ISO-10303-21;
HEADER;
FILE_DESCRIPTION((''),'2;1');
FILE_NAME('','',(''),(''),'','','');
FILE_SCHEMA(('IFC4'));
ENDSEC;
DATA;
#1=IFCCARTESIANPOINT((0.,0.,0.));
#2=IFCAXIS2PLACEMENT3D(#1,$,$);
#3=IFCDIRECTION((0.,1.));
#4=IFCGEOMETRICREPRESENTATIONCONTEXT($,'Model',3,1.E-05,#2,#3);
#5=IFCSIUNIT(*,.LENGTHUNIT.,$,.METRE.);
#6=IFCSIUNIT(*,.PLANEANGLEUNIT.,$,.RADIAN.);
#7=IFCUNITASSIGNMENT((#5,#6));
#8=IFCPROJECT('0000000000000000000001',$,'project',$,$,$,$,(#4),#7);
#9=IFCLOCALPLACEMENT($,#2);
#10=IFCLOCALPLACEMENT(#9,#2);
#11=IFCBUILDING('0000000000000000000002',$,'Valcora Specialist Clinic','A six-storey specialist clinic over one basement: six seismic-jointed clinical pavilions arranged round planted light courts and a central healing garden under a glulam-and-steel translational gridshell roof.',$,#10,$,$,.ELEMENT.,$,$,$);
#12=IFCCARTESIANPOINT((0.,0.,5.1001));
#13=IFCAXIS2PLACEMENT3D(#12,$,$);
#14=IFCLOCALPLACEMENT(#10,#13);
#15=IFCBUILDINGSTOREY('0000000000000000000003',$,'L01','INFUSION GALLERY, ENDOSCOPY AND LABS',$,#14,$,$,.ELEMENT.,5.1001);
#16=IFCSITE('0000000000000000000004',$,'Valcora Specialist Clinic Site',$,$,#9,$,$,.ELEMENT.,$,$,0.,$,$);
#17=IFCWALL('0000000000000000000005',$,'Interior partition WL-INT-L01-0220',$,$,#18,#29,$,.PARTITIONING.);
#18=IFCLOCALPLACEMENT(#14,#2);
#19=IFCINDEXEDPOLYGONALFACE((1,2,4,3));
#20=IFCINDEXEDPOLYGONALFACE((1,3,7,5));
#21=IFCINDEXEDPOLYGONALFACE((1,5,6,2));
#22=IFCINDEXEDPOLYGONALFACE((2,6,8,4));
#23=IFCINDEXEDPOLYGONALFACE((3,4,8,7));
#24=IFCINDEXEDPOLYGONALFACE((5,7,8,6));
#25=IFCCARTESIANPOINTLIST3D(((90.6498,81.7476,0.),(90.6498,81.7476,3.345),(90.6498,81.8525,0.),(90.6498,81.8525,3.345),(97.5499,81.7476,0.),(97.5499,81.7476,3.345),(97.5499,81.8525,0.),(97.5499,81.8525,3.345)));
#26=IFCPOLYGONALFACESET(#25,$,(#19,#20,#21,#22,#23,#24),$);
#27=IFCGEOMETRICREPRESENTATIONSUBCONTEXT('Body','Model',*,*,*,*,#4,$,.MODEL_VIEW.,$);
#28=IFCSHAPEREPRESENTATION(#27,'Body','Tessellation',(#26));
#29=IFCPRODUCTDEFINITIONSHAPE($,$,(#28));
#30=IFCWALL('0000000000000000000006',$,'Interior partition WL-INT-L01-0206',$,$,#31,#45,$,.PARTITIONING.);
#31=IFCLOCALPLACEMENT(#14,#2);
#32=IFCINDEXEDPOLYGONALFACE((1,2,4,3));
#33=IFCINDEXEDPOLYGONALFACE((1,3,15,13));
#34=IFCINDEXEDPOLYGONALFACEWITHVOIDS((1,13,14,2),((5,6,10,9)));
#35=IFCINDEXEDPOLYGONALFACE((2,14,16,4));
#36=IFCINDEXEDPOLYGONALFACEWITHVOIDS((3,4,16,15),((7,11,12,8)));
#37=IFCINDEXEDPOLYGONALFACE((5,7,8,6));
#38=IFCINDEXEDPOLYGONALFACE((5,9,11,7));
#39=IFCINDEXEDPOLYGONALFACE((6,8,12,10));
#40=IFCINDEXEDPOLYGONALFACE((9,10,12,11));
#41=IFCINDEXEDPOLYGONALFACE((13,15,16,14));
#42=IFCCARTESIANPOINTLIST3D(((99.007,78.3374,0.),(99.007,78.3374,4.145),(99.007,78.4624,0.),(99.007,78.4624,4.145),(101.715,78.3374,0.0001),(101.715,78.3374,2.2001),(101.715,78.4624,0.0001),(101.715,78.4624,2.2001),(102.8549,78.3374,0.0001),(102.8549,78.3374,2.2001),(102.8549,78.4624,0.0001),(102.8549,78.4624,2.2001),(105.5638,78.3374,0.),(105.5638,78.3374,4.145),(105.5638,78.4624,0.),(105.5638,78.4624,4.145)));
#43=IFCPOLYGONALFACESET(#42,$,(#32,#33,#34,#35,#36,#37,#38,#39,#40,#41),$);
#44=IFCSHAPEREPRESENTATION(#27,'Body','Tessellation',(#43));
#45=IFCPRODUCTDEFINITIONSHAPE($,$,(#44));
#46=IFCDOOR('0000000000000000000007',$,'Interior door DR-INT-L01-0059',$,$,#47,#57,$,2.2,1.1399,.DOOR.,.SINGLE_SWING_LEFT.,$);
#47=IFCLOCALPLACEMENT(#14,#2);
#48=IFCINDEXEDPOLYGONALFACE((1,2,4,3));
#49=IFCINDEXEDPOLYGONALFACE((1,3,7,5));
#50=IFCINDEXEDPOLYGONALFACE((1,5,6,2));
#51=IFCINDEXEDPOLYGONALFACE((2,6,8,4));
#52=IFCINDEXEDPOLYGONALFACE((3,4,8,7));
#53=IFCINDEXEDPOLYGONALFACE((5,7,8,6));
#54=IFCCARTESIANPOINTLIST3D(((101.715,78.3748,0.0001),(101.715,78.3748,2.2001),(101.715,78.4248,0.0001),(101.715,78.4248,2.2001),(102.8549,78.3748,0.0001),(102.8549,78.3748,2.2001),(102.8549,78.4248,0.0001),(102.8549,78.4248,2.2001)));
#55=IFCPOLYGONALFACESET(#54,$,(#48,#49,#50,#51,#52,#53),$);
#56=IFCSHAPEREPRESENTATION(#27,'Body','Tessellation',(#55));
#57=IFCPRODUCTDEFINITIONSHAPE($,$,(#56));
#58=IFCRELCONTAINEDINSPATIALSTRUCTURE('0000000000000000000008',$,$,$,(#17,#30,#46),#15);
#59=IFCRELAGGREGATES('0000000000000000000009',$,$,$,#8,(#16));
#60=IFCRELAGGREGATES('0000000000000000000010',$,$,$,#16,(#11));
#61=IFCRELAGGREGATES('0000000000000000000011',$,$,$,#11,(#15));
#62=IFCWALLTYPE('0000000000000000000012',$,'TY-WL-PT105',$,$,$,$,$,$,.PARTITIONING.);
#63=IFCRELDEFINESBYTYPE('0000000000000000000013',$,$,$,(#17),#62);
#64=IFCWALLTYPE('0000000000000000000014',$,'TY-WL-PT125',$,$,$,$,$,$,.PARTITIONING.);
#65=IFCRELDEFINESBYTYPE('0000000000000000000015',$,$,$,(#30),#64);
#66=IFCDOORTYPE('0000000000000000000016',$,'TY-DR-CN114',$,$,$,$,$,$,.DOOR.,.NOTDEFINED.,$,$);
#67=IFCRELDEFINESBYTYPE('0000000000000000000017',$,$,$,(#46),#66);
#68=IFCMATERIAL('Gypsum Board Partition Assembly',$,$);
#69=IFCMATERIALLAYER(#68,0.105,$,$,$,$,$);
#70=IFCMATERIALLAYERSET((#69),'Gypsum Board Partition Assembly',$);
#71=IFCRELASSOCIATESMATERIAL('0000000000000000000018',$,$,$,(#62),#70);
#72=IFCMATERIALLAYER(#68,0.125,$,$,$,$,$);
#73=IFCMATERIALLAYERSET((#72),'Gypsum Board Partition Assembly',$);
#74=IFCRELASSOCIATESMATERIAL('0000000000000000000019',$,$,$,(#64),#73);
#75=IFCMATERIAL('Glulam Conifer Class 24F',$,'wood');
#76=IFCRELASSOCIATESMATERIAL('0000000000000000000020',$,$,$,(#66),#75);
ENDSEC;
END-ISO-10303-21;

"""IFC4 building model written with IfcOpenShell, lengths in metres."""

from ifc_helpers import new_model, si_unit, direction, frame, frame_2d, origin, place, context, subcontext, project, spatial, rectangle, extrude, material, layer, layer_set, type_object, element, fill, save


model = new_model("IFC4")

# Units and contexts
model_context = context("Model", 3, precision=1e-05, world=origin(), true_north=direction((0.0, 1.0)))
body_context = subcontext(model_context, "Body", "Model", "MODEL_VIEW")
ifc_project = project(units=[si_unit("LENGTHUNIT", "METRE"), si_unit("PLANEANGLEUNIT", "RADIAN")], contexts=[model_context])

# Site, building, storey
site_placement = place(None, origin())
site = spatial("IfcSite", under=ifc_project, at=site_placement, Name="Valcora Specialist Clinic Site", CompositionType="ELEMENT", RefElevation=0.0)
building_placement = place(site_placement, origin())
building = spatial("IfcBuilding", under=site, at=building_placement, Name="Valcora Specialist Clinic", Description="A six-storey specialist clinic over one basement: six seismic-jointed clinical pavilions arranged round planted light courts and a central healing garden under a glulam-and-steel translational gridshell roof.", CompositionType="ELEMENT")
storey_placement = place(building_placement, frame((0.0, 0.0, 5.1001)))
storey = spatial("IfcBuildingStorey", under=building, at=storey_placement, Name="L01", Description="INFUSION GALLERY, ENDOSCOPY AND LABS", CompositionType="ELEMENT", Elevation=5.1001)

# Wall
ifc_material_1 = material(Name="Gypsum Board Partition Assembly")
ifc_layer_1 = layer(ifc_material_1, 0.105)
ifc_layer_set_1 = layer_set([ifc_layer_1], Name="Gypsum Board Partition Assembly")
wall_type_1 = type_object("IfcWallType", Name="TY-WL-PT105", PredefinedType="PARTITIONING", material=ifc_layer_set_1)
wall_1_placement = place(storey_placement, frame((97.55, 81.8, 0.0), z_axis=(0.0, 0.0, 1.0), x_axis=(-1.0, 0.0, 0.0)))
element("IfcWall", 1, at=wall_1_placement, inside=storey, type_object=wall_type_1, Name="Interior partition WL-INT-L01-0220", PredefinedType="PARTITIONING", context=body_context, shape_type="SweptSolid", body=[
    extrude(rectangle(XDim=6.9001, YDim=0.105, at=frame_2d((3.4502, 0.0))), origin(), (0.0, 0.0, 1.0), 3.345),
])

# Wall, opening, door
ifc_layer_2 = layer(ifc_material_1, 0.125)
ifc_layer_set_2 = layer_set([ifc_layer_2], Name="Gypsum Board Partition Assembly")
wall_type_2 = type_object("IfcWallType", Name="TY-WL-PT125", PredefinedType="PARTITIONING", material=ifc_layer_set_2)
wall_2_placement = place(storey_placement, frame((99.0071, 78.3999, 0.0), z_axis=(0.0, 0.0, 1.0), x_axis=(1.0, 0.0, 0.0)))
wall_2 = element("IfcWall", 2, at=wall_2_placement, inside=storey, type_object=wall_type_2, Name="Interior partition WL-INT-L01-0206", PredefinedType="PARTITIONING", context=body_context, shape_type="SweptSolid", body=[
    extrude(rectangle(XDim=6.5569, YDim=0.125, at=frame_2d((3.2783, 0.0))), origin(), (0.0, 0.0, 1.0), 4.145),
])
opening_placement = place(wall_2_placement, frame((2.708, 0.0, 0.0)))
opening = element("IfcOpeningElement", 3, at=opening_placement, cuts=wall_2, PredefinedType="OPENING", context=body_context, shape_type="SweptSolid", body=[
    extrude(rectangle(XDim=1.1399, YDim=2.2, at=frame_2d((0.5698, 1.1001))), frame((0.0, 0.0725, 0.0), z_axis=(0.0, -1.0, 0.0), x_axis=(1.0, 0.0, 0.0)), (0.0, 0.0, 1.0), 0.145),
])
ifc_material_2 = material(Name="Glulam Conifer Class 24F", Category="wood")
door_type = type_object("IfcDoorType", Name="TY-DR-CN114", OperationType="NOTDEFINED", PredefinedType="DOOR", material=ifc_material_2)
door_placement = place(opening_placement, origin())
door = element("IfcDoor", 4, at=door_placement, inside=storey, type_object=door_type, Name="Interior door DR-INT-L01-0059", OperationType="SINGLE_SWING_LEFT", OverallHeight=2.2, OverallWidth=1.1399, PredefinedType="DOOR", context=body_context, shape_type="SweptSolid", body=[
    extrude(rectangle(XDim=1.1399, YDim=2.2, at=frame_2d((0.5698, 1.1001))), frame((0.0, 0.0249, 0.0), z_axis=(0.0, -1.0, 0.0), x_axis=(1.0, 0.0, 0.0)), (0.0, 0.0, 1.0), 0.05),
])
fill(opening, door)

save(model, "model.ifc")
